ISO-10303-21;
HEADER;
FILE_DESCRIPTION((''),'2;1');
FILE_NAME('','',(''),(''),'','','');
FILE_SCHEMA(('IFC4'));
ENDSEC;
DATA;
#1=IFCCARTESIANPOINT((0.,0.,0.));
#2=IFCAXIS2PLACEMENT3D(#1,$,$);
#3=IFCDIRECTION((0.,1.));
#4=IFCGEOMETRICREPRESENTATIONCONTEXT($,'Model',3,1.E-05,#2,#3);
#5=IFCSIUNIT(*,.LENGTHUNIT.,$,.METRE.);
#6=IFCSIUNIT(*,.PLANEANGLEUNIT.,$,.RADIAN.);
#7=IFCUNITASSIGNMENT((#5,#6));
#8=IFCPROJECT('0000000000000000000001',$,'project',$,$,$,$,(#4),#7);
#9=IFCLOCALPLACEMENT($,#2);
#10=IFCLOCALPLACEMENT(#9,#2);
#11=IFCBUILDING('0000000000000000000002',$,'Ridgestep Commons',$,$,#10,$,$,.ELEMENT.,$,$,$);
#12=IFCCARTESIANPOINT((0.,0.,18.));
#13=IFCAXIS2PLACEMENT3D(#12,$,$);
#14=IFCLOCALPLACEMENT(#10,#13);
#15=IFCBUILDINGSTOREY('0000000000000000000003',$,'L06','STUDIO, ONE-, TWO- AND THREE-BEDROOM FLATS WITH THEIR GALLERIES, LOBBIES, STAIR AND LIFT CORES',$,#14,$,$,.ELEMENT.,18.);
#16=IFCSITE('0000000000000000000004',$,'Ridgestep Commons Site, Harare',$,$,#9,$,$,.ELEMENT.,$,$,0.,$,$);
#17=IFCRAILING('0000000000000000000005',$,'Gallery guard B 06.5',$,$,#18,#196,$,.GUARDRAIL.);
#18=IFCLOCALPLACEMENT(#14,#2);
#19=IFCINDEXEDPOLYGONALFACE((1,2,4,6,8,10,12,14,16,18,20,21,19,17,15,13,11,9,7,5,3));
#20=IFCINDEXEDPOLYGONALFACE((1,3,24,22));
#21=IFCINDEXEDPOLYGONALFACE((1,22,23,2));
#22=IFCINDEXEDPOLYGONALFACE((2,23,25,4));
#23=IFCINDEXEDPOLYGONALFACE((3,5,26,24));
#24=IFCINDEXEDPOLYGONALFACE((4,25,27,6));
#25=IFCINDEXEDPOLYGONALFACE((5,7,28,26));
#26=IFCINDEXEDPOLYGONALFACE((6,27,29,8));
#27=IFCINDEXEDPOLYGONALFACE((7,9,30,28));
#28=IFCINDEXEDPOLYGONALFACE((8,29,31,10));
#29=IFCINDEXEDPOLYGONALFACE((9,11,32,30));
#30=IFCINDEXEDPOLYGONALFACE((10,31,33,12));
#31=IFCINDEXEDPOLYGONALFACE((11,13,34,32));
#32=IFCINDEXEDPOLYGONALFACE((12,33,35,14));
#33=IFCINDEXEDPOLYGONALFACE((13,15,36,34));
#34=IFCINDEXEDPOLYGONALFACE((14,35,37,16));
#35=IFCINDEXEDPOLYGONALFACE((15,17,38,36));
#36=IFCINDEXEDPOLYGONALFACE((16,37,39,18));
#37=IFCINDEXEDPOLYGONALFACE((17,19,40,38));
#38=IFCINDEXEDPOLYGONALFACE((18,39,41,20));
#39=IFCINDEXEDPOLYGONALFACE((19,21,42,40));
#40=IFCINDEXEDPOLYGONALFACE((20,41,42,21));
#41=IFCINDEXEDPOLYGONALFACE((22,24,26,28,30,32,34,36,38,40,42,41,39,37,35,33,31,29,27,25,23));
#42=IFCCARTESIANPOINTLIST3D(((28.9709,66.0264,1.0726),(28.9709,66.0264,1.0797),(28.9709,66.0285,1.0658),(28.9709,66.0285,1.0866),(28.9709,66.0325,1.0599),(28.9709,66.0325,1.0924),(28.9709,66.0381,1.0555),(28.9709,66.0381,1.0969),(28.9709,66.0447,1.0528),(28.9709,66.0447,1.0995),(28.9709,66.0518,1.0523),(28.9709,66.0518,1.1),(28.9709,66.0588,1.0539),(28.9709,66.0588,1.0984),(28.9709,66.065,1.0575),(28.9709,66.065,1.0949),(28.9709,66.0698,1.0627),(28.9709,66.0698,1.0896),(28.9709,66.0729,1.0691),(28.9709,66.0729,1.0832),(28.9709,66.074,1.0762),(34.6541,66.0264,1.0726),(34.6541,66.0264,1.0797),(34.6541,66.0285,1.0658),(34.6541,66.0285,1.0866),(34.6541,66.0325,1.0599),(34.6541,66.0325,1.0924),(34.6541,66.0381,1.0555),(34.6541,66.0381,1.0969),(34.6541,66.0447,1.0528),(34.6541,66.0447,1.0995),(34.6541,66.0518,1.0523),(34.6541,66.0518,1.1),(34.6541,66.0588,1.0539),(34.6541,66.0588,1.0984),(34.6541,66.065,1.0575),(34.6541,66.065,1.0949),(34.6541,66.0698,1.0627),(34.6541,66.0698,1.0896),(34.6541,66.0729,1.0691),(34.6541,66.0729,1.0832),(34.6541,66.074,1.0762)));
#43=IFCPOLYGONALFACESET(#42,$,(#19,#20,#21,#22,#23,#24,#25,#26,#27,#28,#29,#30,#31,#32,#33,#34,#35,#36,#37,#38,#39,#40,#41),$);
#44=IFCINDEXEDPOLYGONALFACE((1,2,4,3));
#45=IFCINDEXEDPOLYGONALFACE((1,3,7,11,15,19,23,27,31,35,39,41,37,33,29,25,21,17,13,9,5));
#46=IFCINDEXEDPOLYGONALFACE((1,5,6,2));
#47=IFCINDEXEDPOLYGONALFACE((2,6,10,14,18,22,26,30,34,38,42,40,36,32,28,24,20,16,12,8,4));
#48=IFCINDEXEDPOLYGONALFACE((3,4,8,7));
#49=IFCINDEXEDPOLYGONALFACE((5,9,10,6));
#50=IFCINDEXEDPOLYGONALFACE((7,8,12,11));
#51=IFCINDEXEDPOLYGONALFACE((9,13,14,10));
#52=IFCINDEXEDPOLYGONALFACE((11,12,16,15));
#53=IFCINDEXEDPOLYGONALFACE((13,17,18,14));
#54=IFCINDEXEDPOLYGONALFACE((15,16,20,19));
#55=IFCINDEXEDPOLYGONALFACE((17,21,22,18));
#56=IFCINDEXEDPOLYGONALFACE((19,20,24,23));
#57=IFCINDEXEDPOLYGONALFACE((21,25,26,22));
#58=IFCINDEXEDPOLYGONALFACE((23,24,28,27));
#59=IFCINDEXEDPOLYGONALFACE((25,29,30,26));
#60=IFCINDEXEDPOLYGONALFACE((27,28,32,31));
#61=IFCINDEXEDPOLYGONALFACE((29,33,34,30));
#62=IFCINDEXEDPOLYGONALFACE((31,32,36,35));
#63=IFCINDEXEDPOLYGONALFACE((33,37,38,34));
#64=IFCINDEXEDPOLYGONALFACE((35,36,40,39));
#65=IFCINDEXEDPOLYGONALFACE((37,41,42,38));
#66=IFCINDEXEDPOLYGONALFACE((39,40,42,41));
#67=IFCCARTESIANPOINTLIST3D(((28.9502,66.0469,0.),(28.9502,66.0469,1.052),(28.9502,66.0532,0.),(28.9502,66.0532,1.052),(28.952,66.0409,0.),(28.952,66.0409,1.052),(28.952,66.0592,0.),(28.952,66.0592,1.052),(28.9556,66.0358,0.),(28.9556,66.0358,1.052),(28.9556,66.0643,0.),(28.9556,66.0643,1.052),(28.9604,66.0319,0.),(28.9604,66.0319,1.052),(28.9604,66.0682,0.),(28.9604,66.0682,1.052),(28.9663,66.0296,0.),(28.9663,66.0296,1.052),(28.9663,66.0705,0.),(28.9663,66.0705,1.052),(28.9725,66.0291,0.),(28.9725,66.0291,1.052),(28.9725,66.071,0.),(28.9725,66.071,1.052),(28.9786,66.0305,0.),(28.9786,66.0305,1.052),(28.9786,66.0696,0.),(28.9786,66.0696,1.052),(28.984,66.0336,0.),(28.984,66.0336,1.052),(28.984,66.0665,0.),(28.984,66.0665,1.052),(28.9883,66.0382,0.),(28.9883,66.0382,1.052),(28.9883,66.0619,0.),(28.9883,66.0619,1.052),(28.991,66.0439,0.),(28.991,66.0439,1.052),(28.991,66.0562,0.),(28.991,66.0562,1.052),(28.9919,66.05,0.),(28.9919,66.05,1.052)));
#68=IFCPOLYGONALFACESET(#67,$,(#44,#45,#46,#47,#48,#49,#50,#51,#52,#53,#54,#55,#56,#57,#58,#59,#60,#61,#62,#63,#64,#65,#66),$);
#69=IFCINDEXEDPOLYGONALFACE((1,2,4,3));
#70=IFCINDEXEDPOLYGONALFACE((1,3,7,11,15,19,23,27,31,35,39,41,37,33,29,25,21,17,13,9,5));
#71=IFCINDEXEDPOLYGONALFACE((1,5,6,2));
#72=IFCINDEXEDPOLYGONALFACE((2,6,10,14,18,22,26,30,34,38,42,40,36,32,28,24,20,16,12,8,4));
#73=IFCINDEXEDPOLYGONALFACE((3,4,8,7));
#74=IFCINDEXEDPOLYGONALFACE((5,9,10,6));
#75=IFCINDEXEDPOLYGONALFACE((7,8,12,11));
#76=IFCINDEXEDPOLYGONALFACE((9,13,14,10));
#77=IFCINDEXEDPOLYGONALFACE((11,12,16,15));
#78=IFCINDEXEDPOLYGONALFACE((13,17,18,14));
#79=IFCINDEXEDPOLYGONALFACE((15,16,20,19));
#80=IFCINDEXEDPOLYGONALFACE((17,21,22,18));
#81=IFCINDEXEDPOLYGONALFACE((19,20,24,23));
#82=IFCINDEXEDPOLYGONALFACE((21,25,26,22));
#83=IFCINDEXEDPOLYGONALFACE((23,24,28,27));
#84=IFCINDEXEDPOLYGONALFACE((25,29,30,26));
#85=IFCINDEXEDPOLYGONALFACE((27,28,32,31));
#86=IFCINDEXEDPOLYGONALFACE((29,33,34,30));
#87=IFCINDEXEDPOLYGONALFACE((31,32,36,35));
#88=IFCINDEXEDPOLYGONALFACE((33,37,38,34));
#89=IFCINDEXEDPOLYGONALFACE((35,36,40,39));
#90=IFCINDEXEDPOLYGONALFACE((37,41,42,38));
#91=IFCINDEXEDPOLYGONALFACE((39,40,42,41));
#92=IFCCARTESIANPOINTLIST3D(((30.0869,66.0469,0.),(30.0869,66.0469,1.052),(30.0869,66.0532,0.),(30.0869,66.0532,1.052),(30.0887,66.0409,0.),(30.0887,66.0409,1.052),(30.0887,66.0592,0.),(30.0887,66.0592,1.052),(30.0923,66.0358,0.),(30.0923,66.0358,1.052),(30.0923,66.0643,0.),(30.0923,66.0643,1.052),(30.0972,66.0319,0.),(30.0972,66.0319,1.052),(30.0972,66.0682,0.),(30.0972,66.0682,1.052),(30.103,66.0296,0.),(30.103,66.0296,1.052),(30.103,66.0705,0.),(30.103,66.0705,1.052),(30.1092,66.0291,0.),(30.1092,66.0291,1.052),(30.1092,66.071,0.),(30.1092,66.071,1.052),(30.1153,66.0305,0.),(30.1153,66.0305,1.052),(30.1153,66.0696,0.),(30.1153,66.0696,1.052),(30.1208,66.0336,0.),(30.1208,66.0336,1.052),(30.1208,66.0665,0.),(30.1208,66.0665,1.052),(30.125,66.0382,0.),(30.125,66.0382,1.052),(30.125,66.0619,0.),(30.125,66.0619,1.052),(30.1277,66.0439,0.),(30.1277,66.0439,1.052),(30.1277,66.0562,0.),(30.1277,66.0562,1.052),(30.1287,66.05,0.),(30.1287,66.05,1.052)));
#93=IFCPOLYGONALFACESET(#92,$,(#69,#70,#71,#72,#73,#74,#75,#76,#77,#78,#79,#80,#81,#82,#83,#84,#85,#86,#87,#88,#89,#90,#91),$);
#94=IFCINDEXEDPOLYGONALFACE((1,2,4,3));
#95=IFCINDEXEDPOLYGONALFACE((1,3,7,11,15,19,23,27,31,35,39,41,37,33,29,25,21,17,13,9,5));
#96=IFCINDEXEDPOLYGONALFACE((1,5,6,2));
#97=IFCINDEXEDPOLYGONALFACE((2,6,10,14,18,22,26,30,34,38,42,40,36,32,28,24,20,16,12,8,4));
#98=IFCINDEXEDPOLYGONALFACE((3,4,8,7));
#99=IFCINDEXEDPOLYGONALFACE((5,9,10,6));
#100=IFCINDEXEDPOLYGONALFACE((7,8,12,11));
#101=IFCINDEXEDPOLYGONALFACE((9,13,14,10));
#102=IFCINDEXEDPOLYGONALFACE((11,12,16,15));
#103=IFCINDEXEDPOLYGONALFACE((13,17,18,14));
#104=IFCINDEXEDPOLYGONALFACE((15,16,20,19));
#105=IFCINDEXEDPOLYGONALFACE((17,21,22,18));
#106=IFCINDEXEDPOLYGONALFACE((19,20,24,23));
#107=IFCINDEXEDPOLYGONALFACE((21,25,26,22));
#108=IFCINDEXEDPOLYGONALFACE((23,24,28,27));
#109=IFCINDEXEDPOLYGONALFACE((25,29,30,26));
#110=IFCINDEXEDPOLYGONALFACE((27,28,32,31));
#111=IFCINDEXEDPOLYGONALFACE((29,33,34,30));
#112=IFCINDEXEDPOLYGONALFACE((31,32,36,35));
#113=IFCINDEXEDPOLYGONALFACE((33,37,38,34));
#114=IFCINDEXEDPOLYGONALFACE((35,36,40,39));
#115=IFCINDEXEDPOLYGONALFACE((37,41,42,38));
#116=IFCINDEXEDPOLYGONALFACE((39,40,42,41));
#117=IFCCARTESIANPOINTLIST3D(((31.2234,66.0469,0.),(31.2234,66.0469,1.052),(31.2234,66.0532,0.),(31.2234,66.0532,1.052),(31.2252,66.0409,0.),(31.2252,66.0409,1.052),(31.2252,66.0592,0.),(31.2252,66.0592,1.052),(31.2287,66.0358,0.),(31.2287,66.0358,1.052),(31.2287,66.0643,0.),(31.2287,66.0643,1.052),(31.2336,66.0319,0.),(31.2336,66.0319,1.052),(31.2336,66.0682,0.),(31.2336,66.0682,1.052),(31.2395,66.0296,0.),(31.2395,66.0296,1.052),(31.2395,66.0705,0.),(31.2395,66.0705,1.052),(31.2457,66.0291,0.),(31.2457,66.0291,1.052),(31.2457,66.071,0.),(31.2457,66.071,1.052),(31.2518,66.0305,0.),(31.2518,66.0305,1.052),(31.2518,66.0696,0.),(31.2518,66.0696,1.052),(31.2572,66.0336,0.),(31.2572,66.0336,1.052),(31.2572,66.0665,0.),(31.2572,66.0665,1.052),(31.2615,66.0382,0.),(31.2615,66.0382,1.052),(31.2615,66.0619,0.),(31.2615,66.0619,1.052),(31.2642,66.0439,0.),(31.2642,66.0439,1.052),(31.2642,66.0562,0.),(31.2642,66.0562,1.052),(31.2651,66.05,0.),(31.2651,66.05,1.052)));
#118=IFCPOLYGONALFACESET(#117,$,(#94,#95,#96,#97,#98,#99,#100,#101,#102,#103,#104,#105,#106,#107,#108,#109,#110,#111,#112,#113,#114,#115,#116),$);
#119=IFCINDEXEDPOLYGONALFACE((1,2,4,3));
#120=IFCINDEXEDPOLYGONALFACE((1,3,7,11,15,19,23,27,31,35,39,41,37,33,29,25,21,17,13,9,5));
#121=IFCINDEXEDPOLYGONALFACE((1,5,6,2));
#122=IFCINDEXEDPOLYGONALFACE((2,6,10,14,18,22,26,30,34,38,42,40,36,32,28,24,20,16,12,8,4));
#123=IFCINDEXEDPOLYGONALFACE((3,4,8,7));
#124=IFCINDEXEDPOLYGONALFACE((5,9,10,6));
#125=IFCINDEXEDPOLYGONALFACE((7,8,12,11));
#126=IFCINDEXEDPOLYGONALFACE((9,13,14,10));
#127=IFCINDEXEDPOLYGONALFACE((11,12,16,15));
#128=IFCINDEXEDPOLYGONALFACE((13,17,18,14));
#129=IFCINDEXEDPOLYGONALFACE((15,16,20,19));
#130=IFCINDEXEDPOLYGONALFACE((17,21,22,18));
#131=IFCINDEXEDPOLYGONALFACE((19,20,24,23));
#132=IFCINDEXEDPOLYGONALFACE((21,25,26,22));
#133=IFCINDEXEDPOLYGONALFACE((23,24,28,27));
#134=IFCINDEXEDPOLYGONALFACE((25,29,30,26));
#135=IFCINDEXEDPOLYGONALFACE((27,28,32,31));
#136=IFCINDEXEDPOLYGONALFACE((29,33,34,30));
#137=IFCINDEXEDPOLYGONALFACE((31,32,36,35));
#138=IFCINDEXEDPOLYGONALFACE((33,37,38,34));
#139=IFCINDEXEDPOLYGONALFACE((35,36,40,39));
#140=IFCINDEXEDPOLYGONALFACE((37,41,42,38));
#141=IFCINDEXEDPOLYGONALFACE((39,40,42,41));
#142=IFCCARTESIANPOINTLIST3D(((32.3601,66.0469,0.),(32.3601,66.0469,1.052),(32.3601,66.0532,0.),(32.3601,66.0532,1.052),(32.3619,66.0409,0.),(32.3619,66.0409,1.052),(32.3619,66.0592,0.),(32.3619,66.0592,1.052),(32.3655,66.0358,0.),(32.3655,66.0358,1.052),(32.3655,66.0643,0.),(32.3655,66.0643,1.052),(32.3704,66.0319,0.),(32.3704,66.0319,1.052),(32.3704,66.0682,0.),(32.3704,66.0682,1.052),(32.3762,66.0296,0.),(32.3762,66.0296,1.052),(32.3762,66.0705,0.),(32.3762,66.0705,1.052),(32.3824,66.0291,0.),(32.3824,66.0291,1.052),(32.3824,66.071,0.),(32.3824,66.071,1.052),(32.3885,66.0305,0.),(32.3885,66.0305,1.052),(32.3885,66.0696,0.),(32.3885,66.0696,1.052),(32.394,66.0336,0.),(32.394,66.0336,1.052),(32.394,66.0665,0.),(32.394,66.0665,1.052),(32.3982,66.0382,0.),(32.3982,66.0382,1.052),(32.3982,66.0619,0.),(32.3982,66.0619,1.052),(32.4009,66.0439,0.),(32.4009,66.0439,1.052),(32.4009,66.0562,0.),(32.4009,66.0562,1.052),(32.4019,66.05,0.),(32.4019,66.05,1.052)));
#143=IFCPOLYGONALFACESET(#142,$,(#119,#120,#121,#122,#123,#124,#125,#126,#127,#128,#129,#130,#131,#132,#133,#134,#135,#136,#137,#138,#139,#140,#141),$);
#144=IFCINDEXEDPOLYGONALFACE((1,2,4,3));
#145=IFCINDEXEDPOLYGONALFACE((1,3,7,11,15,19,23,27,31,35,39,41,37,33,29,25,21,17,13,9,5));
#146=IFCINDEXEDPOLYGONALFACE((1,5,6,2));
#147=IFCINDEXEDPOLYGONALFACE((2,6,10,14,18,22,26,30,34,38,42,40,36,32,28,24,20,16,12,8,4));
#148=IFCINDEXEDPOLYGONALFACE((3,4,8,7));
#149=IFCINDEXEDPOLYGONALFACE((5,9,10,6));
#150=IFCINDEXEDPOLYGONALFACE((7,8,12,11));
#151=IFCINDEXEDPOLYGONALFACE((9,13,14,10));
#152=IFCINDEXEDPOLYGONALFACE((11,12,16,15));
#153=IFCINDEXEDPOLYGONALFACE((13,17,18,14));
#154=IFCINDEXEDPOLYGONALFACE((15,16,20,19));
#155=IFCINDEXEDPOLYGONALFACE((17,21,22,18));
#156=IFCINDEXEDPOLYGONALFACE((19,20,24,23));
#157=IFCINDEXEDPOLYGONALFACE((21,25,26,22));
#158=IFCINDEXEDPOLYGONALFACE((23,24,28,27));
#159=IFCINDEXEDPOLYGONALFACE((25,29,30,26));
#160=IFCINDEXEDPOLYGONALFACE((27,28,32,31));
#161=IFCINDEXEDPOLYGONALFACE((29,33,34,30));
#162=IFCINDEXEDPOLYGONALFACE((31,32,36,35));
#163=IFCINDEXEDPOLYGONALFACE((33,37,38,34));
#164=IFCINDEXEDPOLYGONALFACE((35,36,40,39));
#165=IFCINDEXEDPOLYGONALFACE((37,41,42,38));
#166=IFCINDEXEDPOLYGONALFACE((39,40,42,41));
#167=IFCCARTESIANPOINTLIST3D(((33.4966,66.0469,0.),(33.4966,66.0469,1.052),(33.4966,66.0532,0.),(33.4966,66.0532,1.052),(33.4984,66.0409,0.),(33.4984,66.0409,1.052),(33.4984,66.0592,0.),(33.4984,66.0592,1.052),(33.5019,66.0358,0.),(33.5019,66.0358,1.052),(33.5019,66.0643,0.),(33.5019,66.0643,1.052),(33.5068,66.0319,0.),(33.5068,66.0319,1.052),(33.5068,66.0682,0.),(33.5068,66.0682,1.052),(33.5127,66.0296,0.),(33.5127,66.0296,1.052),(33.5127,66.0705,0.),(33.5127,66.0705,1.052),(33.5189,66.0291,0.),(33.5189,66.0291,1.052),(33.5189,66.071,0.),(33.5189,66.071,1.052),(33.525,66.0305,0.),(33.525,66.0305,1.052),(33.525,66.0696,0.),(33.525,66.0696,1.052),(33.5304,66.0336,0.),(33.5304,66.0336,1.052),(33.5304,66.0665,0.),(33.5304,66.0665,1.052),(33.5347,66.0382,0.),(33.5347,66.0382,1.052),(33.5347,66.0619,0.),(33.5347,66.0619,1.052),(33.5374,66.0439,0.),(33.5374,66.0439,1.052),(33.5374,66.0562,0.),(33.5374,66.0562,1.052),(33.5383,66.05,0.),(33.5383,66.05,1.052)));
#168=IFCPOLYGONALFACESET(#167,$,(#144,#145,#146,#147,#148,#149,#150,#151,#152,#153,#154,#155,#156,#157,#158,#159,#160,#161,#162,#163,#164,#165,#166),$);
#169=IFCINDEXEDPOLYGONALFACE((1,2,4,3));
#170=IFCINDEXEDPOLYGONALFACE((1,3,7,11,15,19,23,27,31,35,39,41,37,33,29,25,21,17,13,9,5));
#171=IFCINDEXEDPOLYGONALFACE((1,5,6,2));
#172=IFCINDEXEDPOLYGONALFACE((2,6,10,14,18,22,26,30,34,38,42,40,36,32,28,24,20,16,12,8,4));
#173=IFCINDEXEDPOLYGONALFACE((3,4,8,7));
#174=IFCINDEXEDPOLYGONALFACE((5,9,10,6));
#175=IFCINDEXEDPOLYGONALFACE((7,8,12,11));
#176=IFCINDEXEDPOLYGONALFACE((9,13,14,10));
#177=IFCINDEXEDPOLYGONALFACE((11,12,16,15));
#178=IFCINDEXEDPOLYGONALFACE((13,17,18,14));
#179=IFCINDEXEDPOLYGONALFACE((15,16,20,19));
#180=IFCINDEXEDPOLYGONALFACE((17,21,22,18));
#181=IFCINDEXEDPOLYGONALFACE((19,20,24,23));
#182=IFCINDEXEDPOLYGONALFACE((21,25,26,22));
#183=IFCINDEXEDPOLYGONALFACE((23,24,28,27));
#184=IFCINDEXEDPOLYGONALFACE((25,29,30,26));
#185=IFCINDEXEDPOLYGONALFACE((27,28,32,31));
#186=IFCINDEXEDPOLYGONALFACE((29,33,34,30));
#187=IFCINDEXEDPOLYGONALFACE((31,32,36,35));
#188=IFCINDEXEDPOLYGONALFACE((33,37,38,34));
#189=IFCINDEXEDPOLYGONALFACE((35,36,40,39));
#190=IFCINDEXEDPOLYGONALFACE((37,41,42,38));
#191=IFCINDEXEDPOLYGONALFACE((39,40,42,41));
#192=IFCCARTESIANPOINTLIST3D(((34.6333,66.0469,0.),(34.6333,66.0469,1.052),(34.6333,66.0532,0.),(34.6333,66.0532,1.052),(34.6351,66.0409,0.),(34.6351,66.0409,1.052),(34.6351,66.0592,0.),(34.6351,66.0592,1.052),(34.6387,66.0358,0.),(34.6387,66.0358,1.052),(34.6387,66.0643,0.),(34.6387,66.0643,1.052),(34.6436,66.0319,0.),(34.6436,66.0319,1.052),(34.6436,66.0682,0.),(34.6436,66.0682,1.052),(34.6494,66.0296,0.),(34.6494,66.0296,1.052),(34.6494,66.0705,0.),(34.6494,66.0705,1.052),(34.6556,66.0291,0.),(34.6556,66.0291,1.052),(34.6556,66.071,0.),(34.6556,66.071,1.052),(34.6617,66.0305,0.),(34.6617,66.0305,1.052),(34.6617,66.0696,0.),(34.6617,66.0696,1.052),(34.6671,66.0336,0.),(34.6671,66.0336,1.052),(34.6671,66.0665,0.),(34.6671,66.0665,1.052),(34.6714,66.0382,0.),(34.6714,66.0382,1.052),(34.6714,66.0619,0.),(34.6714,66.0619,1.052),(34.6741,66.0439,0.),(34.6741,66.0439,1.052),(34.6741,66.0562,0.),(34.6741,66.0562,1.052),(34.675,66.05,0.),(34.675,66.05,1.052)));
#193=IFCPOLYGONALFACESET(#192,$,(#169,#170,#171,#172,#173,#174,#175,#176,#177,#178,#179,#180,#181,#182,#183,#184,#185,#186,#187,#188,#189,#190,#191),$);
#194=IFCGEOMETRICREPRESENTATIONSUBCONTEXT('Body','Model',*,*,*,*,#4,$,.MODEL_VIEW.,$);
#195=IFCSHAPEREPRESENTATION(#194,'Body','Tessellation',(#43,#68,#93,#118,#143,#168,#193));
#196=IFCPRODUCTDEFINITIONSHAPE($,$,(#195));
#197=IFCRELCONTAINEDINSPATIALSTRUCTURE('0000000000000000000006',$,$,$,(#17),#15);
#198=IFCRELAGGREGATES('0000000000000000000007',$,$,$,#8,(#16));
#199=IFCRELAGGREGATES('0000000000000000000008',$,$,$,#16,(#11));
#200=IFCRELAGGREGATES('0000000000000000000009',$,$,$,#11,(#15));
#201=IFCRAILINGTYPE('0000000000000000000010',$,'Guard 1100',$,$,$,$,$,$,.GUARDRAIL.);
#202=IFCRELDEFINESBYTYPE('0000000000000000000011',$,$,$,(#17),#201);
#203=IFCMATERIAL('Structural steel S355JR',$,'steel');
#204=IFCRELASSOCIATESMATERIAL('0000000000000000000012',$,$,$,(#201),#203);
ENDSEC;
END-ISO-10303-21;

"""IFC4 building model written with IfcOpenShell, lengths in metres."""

from ifc_helpers import new_model, si_unit, direction, frame, origin, origin_2d, place, context, subcontext, project, spatial, circle, extrude, material, type_object, element, save


model = new_model("IFC4")

# Units and contexts
model_context = context("Model", 3, precision=1e-05, world=origin(), true_north=direction((0.0, 1.0)))
body_context = subcontext(model_context, "Body", "Model", "MODEL_VIEW")
ifc_project = project(units=[si_unit("LENGTHUNIT", "METRE"), si_unit("PLANEANGLEUNIT", "RADIAN")], contexts=[model_context])

# Site, building, storey
site_placement = place(None, origin())
site = spatial("IfcSite", under=ifc_project, at=site_placement, Name="Ridgestep Commons Site, Harare", CompositionType="ELEMENT", RefElevation=0.0)
building_placement = place(site_placement, origin())
building = spatial("IfcBuilding", under=site, at=building_placement, Name="Ridgestep Commons", CompositionType="ELEMENT")
storey_placement = place(building_placement, frame((0.0, 0.0, 18.0)))
storey = spatial("IfcBuildingStorey", under=building, at=storey_placement, Name="L06", Description="STUDIO, ONE-, TWO- AND THREE-BEDROOM FLATS WITH THEIR GALLERIES, LOBBIES, STAIR AND LIFT CORES", CompositionType="ELEMENT", Elevation=18.0)

# Railing
ifc_material_1 = material(Name="Structural steel S355JR", Category="steel")
railing_type = type_object("IfcRailingType", Name="Guard 1100", PredefinedType="GUARDRAIL", material=ifc_material_1)
railing_1_placement = place(storey_placement, frame((28.9709, 66.05, 0.0)))
element("IfcRailing", 1, at=railing_1_placement, inside=storey, type_object=railing_type, Name="Gallery guard B 06.5", PredefinedType="GUARDRAIL", context=body_context, shape_type="SweptSolid", body=[
    extrude(circle(Radius=0.0239, at=origin_2d()), frame((0.0, 0.0, 1.0762), z_axis=(1.0, 0.0, 0.0), x_axis=(0.0, 1.0, 0.0)), (0.0, 0.0, 1.0), 5.6831),
    extrude(circle(Radius=0.021, at=origin_2d()), origin(), (0.0, 0.0, 1.0), 1.052),
    extrude(circle(Radius=0.021, at=origin_2d()), frame((1.1367, 0.0, 0.0)), (0.0, 0.0, 1.0), 1.052),
    extrude(circle(Radius=0.021, at=origin_2d()), frame((2.2732, 0.0, 0.0)), (0.0, 0.0, 1.0), 1.052),
    extrude(circle(Radius=0.021, at=origin_2d()), frame((3.4099, 0.0, 0.0)), (0.0, 0.0, 1.0), 1.052),
    extrude(circle(Radius=0.021, at=origin_2d()), frame((4.5464, 0.0, 0.0)), (0.0, 0.0, 1.0), 1.052),
    extrude(circle(Radius=0.021, at=origin_2d()), frame((5.6831, 0.0, 0.0)), (0.0, 0.0, 1.0), 1.052),
])

save(model, "model.ifc")
